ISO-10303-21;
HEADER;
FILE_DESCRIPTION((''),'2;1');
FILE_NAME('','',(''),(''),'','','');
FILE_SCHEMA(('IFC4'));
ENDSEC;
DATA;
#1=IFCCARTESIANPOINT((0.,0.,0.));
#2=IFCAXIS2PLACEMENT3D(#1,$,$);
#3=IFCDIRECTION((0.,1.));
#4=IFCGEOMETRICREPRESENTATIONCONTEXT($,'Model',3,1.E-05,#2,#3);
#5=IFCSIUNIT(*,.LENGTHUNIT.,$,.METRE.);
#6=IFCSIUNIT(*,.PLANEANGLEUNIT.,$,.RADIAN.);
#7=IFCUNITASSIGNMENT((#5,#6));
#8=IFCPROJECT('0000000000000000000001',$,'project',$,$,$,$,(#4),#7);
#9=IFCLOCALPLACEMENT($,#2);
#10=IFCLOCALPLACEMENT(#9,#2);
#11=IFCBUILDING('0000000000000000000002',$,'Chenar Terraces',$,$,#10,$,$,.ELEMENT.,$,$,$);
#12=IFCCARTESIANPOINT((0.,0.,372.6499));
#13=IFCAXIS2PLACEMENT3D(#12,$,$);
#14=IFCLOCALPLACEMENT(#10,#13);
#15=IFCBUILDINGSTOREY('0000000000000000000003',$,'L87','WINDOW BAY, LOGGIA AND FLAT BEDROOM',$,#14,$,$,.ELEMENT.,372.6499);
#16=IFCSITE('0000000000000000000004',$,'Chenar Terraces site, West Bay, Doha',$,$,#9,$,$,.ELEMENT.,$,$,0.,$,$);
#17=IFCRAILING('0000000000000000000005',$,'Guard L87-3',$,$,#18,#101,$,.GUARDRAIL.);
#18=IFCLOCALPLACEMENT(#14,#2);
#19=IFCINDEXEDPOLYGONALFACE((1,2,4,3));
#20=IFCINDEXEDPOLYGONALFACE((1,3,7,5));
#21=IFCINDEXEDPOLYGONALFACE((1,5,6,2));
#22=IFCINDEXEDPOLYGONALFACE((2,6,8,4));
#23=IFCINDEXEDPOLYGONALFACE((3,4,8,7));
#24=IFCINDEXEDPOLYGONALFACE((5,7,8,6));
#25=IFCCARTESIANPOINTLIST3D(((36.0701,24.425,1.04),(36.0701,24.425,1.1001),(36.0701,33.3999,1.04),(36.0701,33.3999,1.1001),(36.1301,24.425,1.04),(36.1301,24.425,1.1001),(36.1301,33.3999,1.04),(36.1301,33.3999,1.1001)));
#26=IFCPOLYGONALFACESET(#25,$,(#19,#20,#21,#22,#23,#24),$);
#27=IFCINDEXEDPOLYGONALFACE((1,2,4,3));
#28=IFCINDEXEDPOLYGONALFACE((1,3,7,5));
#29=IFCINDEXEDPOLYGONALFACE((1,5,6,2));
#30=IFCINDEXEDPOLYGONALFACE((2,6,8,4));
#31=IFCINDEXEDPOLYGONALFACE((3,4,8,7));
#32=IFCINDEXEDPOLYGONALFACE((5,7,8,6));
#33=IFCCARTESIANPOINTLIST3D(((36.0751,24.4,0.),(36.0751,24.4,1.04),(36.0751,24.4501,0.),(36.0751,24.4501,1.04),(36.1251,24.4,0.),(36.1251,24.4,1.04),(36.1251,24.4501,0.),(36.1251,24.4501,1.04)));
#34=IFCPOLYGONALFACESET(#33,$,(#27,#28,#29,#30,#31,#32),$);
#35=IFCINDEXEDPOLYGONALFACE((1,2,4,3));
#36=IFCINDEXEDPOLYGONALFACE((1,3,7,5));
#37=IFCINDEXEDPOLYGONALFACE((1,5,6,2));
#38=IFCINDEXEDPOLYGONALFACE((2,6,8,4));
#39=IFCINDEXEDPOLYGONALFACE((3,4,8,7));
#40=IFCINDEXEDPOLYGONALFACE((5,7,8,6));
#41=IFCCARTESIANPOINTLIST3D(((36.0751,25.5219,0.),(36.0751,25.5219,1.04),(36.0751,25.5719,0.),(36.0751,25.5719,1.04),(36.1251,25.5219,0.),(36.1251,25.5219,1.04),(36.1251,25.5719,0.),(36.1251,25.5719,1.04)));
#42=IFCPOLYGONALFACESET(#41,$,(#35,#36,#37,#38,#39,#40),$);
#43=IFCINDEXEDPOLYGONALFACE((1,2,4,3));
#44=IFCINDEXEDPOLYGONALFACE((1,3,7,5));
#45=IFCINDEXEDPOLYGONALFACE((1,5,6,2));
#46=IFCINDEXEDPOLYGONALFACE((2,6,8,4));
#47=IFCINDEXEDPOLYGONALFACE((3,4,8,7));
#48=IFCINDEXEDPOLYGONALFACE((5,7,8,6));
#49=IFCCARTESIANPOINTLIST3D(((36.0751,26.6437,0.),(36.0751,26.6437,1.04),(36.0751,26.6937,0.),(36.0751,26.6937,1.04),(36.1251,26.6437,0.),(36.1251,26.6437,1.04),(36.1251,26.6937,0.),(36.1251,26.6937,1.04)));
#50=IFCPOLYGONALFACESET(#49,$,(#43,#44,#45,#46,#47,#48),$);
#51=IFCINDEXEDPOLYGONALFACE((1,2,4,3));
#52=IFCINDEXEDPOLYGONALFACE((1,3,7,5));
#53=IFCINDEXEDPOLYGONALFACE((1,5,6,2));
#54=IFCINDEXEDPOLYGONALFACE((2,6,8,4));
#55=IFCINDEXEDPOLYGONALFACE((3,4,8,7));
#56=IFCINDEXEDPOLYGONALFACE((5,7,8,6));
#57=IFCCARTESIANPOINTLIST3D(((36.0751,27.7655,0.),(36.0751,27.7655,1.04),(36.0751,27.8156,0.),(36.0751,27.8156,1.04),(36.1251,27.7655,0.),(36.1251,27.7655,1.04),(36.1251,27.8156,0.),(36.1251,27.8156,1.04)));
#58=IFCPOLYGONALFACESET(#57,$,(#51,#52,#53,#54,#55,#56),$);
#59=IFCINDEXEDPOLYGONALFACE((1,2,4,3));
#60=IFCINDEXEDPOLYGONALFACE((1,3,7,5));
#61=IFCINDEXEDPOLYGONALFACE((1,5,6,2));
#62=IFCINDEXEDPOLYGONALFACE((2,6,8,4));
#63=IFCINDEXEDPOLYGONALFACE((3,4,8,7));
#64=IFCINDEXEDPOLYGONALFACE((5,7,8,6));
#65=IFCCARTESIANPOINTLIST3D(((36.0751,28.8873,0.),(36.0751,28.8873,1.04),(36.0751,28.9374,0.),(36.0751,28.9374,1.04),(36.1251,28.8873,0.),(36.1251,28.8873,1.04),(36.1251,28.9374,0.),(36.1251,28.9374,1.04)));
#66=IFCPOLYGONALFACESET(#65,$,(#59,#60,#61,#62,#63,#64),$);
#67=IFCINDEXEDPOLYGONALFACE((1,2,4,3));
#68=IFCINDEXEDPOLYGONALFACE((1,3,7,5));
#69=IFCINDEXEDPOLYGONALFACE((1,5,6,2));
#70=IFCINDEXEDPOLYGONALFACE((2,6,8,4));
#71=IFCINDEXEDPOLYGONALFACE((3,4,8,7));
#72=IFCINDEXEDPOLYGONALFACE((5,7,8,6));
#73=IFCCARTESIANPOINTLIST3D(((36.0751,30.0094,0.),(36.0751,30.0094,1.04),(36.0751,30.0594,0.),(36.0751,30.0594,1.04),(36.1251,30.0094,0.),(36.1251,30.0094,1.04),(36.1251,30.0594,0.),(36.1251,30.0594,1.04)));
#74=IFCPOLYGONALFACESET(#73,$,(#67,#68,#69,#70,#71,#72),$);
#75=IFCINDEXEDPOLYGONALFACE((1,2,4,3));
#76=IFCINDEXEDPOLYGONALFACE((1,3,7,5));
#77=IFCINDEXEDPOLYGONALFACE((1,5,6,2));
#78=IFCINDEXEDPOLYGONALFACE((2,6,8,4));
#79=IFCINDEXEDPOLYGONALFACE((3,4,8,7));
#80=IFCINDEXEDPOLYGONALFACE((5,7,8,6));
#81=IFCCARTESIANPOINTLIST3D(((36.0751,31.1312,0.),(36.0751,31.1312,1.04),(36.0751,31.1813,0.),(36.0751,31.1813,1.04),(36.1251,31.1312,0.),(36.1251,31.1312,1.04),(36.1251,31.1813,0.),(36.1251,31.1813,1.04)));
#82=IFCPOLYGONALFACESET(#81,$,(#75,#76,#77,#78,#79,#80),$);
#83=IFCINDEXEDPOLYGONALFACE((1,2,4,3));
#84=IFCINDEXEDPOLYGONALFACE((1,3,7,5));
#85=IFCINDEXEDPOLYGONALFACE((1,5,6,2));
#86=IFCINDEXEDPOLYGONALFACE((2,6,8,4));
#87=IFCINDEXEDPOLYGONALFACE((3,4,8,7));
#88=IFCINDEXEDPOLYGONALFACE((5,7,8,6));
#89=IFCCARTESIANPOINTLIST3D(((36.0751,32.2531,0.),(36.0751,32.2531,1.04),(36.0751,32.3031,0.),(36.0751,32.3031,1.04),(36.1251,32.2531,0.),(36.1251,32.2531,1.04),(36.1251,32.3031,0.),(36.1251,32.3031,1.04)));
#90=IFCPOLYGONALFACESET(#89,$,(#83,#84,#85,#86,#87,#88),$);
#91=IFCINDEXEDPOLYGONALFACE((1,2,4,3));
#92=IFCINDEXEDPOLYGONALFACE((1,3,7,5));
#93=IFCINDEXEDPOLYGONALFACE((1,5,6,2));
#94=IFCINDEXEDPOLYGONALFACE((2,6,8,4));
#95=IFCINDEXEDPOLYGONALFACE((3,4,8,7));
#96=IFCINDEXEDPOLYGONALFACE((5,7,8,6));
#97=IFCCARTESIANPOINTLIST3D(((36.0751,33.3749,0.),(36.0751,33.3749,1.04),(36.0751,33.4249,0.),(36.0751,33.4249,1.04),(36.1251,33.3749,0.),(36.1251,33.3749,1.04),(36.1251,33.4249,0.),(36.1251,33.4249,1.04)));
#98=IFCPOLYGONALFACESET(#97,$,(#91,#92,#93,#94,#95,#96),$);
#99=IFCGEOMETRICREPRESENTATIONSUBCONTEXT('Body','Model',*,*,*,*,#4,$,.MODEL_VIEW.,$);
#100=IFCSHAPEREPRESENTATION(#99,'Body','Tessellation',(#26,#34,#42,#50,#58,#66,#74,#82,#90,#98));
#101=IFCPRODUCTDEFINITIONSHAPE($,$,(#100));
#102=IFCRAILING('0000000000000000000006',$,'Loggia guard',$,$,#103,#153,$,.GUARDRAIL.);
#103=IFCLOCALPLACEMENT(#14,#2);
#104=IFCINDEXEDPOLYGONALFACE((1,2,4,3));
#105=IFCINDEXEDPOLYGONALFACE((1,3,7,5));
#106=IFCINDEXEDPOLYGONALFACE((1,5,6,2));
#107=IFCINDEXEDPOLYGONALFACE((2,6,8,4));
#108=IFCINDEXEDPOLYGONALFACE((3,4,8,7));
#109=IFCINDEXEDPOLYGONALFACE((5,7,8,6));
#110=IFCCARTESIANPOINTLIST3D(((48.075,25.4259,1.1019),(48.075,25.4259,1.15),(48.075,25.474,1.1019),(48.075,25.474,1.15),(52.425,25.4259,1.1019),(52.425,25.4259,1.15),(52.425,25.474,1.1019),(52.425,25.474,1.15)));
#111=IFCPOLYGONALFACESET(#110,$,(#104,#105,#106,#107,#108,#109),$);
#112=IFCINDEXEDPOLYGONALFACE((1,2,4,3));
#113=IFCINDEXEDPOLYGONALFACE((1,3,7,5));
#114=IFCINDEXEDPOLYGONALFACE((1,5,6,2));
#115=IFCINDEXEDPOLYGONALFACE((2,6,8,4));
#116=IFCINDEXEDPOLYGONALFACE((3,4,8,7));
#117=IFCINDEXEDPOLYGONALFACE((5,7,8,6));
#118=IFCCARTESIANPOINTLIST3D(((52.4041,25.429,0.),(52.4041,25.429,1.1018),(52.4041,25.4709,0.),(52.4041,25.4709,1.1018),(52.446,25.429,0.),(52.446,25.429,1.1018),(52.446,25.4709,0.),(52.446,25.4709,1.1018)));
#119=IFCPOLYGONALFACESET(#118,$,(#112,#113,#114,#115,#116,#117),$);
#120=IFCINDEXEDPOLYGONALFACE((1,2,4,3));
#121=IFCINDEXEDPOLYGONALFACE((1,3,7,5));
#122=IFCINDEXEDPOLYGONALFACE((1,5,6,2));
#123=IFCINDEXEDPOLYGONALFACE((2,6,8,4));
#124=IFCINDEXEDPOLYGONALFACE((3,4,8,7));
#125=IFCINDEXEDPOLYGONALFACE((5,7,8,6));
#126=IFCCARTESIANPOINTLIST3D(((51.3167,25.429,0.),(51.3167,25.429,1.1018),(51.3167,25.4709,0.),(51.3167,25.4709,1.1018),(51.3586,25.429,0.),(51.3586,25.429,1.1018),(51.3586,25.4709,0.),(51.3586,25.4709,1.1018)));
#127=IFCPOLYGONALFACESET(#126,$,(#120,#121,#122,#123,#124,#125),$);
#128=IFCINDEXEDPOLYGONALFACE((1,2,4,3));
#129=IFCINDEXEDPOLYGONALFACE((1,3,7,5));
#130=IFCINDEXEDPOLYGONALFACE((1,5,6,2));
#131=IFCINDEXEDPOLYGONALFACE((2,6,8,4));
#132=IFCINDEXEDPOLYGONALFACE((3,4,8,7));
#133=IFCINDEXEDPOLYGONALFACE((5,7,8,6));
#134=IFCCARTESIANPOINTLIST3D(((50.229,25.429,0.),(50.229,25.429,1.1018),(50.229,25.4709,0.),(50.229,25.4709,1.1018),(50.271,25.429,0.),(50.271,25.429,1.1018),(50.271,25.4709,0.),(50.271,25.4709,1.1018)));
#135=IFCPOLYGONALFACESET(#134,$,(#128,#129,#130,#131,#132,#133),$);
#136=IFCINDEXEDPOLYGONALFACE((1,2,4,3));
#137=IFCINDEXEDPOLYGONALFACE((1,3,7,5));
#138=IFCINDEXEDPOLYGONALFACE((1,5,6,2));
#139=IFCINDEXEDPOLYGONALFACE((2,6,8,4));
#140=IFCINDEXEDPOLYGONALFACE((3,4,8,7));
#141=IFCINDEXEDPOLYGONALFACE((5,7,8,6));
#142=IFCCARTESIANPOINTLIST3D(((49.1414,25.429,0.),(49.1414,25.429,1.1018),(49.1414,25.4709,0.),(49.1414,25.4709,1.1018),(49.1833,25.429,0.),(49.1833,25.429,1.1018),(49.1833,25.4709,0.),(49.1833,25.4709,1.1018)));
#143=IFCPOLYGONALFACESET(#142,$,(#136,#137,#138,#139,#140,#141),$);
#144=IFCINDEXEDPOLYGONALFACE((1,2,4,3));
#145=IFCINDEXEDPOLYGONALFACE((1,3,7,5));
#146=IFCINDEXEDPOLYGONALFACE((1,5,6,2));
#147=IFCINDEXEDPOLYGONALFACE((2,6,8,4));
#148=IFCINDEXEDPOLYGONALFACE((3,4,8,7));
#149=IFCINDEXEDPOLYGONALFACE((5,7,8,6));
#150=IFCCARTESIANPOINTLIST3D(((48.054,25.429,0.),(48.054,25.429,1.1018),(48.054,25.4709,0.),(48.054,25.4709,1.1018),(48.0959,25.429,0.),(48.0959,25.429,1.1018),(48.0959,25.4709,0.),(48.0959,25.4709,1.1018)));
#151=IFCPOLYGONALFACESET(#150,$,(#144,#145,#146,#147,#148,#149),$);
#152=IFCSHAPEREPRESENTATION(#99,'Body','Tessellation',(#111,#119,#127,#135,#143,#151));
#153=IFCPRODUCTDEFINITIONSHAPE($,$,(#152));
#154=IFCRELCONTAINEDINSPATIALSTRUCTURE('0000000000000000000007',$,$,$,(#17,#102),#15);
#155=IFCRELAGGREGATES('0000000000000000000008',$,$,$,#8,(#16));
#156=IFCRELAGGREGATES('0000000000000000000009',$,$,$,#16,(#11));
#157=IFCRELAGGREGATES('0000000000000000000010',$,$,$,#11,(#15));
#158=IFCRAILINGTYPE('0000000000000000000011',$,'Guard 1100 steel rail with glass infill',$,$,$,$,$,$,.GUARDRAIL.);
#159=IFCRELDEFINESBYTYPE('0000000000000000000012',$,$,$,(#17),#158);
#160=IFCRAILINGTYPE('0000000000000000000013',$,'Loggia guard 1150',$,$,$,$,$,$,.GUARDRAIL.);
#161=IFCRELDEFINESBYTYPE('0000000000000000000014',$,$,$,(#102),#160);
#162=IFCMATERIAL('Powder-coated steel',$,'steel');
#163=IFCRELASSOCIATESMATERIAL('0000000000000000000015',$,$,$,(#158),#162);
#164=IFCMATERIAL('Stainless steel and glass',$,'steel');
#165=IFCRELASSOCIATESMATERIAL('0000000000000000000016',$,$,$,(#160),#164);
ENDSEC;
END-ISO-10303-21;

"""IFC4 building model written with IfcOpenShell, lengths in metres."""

from ifc_helpers import new_model, si_unit, direction, frame, origin, origin_2d, place, context, subcontext, project, spatial, rectangle, extrude, material, type_object, element, save


model = new_model("IFC4")

# Units and contexts
model_context = context("Model", 3, precision=1e-05, world=origin(), true_north=direction((0.0, 1.0)))
body_context = subcontext(model_context, "Body", "Model", "MODEL_VIEW")
ifc_project = project(units=[si_unit("LENGTHUNIT", "METRE"), si_unit("PLANEANGLEUNIT", "RADIAN")], contexts=[model_context])

# Site, building, storey
site_placement = place(None, origin())
site = spatial("IfcSite", under=ifc_project, at=site_placement, Name="Chenar Terraces site, West Bay, Doha", CompositionType="ELEMENT", RefElevation=0.0)
building_placement = place(site_placement, origin())
building = spatial("IfcBuilding", under=site, at=building_placement, Name="Chenar Terraces", CompositionType="ELEMENT")
storey_placement = place(building_placement, frame((0.0, 0.0, 372.6499)))
storey = spatial("IfcBuildingStorey", under=building, at=storey_placement, Name="L87", Description="WINDOW BAY, LOGGIA AND FLAT BEDROOM", CompositionType="ELEMENT", Elevation=372.6499)

# Railings
ifc_material_1 = material(Name="Powder-coated steel", Category="steel")
railing_type_1 = type_object("IfcRailingType", Name="Guard 1100 steel rail with glass infill", PredefinedType="GUARDRAIL", material=ifc_material_1)
railing_1_placement = place(storey_placement, frame((36.1001, 24.425, 0.0)))
element("IfcRailing", 1, at=railing_1_placement, inside=storey, type_object=railing_type_1, Name="Guard L87-3", PredefinedType="GUARDRAIL", context=body_context, shape_type="SweptSolid", body=[
    extrude(rectangle(XDim=0.0601, YDim=0.0601, at=origin_2d()), frame((0.0, 0.0, 1.0701), z_axis=(0.0, 1.0, 0.0), x_axis=(-1.0, 0.0, 0.0)), (0.0, 0.0, 1.0), 8.9749),
    extrude(rectangle(XDim=0.05, YDim=0.05, at=origin_2d()), origin(), (0.0, 0.0, 1.0), 1.04),
    extrude(rectangle(XDim=0.05, YDim=0.05, at=origin_2d()), frame((0.0, 1.1218, 0.0)), (0.0, 0.0, 1.0), 1.04),
    extrude(rectangle(XDim=0.05, YDim=0.05, at=origin_2d()), frame((0.0, 2.2437, 0.0)), (0.0, 0.0, 1.0), 1.04),
    extrude(rectangle(XDim=0.05, YDim=0.05, at=origin_2d()), frame((0.0, 3.3655, 0.0)), (0.0, 0.0, 1.0), 1.04),
    extrude(rectangle(XDim=0.05, YDim=0.05, at=origin_2d()), frame((0.0, 4.4873, 0.0)), (0.0, 0.0, 1.0), 1.04),
    extrude(rectangle(XDim=0.05, YDim=0.05, at=origin_2d()), frame((0.0, 5.6094, 0.0)), (0.0, 0.0, 1.0), 1.04),
    extrude(rectangle(XDim=0.05, YDim=0.05, at=origin_2d()), frame((0.0, 6.7312, 0.0)), (0.0, 0.0, 1.0), 1.04),
    extrude(rectangle(XDim=0.05, YDim=0.05, at=origin_2d()), frame((0.0, 7.853, 0.0)), (0.0, 0.0, 1.0), 1.04),
    extrude(rectangle(XDim=0.05, YDim=0.05, at=origin_2d()), frame((0.0, 8.9749, 0.0)), (0.0, 0.0, 1.0), 1.04),
])
ifc_material_2 = material(Name="Stainless steel and glass", Category="steel")
railing_type_2 = type_object("IfcRailingType", Name="Loggia guard 1150", PredefinedType="GUARDRAIL", material=ifc_material_2)
railing_2_placement = place(storey_placement, frame((52.425, 25.45, 0.0)))
element("IfcRailing", 2, at=railing_2_placement, inside=storey, type_object=railing_type_2, Name="Loggia guard", PredefinedType="GUARDRAIL", context=body_context, shape_type="SweptSolid", body=[
    extrude(rectangle(XDim=0.0481, YDim=0.0481, at=origin_2d()), frame((0.0, 0.0, 1.126), z_axis=(-1.0, 0.0, 0.0), x_axis=(0.0, -1.0, 0.0)), (0.0, 0.0, 1.0), 4.3501),
    extrude(rectangle(XDim=0.042, YDim=0.042, at=origin_2d()), origin(), (0.0, 0.0, 1.0), 1.1018),
    extrude(rectangle(XDim=0.042, YDim=0.042, at=origin_2d()), frame((-1.0874, 0.0, 0.0)), (0.0, 0.0, 1.0), 1.1018),
    extrude(rectangle(XDim=0.042, YDim=0.042, at=origin_2d()), frame((-2.175, 0.0, 0.0)), (0.0, 0.0, 1.0), 1.1018),
    extrude(rectangle(XDim=0.042, YDim=0.042, at=origin_2d()), frame((-3.2627, 0.0, 0.0)), (0.0, 0.0, 1.0), 1.1018),
    extrude(rectangle(XDim=0.042, YDim=0.042, at=origin_2d()), frame((-4.3501, 0.0, 0.0)), (0.0, 0.0, 1.0), 1.1018),
])

save(model, "model.ifc")
